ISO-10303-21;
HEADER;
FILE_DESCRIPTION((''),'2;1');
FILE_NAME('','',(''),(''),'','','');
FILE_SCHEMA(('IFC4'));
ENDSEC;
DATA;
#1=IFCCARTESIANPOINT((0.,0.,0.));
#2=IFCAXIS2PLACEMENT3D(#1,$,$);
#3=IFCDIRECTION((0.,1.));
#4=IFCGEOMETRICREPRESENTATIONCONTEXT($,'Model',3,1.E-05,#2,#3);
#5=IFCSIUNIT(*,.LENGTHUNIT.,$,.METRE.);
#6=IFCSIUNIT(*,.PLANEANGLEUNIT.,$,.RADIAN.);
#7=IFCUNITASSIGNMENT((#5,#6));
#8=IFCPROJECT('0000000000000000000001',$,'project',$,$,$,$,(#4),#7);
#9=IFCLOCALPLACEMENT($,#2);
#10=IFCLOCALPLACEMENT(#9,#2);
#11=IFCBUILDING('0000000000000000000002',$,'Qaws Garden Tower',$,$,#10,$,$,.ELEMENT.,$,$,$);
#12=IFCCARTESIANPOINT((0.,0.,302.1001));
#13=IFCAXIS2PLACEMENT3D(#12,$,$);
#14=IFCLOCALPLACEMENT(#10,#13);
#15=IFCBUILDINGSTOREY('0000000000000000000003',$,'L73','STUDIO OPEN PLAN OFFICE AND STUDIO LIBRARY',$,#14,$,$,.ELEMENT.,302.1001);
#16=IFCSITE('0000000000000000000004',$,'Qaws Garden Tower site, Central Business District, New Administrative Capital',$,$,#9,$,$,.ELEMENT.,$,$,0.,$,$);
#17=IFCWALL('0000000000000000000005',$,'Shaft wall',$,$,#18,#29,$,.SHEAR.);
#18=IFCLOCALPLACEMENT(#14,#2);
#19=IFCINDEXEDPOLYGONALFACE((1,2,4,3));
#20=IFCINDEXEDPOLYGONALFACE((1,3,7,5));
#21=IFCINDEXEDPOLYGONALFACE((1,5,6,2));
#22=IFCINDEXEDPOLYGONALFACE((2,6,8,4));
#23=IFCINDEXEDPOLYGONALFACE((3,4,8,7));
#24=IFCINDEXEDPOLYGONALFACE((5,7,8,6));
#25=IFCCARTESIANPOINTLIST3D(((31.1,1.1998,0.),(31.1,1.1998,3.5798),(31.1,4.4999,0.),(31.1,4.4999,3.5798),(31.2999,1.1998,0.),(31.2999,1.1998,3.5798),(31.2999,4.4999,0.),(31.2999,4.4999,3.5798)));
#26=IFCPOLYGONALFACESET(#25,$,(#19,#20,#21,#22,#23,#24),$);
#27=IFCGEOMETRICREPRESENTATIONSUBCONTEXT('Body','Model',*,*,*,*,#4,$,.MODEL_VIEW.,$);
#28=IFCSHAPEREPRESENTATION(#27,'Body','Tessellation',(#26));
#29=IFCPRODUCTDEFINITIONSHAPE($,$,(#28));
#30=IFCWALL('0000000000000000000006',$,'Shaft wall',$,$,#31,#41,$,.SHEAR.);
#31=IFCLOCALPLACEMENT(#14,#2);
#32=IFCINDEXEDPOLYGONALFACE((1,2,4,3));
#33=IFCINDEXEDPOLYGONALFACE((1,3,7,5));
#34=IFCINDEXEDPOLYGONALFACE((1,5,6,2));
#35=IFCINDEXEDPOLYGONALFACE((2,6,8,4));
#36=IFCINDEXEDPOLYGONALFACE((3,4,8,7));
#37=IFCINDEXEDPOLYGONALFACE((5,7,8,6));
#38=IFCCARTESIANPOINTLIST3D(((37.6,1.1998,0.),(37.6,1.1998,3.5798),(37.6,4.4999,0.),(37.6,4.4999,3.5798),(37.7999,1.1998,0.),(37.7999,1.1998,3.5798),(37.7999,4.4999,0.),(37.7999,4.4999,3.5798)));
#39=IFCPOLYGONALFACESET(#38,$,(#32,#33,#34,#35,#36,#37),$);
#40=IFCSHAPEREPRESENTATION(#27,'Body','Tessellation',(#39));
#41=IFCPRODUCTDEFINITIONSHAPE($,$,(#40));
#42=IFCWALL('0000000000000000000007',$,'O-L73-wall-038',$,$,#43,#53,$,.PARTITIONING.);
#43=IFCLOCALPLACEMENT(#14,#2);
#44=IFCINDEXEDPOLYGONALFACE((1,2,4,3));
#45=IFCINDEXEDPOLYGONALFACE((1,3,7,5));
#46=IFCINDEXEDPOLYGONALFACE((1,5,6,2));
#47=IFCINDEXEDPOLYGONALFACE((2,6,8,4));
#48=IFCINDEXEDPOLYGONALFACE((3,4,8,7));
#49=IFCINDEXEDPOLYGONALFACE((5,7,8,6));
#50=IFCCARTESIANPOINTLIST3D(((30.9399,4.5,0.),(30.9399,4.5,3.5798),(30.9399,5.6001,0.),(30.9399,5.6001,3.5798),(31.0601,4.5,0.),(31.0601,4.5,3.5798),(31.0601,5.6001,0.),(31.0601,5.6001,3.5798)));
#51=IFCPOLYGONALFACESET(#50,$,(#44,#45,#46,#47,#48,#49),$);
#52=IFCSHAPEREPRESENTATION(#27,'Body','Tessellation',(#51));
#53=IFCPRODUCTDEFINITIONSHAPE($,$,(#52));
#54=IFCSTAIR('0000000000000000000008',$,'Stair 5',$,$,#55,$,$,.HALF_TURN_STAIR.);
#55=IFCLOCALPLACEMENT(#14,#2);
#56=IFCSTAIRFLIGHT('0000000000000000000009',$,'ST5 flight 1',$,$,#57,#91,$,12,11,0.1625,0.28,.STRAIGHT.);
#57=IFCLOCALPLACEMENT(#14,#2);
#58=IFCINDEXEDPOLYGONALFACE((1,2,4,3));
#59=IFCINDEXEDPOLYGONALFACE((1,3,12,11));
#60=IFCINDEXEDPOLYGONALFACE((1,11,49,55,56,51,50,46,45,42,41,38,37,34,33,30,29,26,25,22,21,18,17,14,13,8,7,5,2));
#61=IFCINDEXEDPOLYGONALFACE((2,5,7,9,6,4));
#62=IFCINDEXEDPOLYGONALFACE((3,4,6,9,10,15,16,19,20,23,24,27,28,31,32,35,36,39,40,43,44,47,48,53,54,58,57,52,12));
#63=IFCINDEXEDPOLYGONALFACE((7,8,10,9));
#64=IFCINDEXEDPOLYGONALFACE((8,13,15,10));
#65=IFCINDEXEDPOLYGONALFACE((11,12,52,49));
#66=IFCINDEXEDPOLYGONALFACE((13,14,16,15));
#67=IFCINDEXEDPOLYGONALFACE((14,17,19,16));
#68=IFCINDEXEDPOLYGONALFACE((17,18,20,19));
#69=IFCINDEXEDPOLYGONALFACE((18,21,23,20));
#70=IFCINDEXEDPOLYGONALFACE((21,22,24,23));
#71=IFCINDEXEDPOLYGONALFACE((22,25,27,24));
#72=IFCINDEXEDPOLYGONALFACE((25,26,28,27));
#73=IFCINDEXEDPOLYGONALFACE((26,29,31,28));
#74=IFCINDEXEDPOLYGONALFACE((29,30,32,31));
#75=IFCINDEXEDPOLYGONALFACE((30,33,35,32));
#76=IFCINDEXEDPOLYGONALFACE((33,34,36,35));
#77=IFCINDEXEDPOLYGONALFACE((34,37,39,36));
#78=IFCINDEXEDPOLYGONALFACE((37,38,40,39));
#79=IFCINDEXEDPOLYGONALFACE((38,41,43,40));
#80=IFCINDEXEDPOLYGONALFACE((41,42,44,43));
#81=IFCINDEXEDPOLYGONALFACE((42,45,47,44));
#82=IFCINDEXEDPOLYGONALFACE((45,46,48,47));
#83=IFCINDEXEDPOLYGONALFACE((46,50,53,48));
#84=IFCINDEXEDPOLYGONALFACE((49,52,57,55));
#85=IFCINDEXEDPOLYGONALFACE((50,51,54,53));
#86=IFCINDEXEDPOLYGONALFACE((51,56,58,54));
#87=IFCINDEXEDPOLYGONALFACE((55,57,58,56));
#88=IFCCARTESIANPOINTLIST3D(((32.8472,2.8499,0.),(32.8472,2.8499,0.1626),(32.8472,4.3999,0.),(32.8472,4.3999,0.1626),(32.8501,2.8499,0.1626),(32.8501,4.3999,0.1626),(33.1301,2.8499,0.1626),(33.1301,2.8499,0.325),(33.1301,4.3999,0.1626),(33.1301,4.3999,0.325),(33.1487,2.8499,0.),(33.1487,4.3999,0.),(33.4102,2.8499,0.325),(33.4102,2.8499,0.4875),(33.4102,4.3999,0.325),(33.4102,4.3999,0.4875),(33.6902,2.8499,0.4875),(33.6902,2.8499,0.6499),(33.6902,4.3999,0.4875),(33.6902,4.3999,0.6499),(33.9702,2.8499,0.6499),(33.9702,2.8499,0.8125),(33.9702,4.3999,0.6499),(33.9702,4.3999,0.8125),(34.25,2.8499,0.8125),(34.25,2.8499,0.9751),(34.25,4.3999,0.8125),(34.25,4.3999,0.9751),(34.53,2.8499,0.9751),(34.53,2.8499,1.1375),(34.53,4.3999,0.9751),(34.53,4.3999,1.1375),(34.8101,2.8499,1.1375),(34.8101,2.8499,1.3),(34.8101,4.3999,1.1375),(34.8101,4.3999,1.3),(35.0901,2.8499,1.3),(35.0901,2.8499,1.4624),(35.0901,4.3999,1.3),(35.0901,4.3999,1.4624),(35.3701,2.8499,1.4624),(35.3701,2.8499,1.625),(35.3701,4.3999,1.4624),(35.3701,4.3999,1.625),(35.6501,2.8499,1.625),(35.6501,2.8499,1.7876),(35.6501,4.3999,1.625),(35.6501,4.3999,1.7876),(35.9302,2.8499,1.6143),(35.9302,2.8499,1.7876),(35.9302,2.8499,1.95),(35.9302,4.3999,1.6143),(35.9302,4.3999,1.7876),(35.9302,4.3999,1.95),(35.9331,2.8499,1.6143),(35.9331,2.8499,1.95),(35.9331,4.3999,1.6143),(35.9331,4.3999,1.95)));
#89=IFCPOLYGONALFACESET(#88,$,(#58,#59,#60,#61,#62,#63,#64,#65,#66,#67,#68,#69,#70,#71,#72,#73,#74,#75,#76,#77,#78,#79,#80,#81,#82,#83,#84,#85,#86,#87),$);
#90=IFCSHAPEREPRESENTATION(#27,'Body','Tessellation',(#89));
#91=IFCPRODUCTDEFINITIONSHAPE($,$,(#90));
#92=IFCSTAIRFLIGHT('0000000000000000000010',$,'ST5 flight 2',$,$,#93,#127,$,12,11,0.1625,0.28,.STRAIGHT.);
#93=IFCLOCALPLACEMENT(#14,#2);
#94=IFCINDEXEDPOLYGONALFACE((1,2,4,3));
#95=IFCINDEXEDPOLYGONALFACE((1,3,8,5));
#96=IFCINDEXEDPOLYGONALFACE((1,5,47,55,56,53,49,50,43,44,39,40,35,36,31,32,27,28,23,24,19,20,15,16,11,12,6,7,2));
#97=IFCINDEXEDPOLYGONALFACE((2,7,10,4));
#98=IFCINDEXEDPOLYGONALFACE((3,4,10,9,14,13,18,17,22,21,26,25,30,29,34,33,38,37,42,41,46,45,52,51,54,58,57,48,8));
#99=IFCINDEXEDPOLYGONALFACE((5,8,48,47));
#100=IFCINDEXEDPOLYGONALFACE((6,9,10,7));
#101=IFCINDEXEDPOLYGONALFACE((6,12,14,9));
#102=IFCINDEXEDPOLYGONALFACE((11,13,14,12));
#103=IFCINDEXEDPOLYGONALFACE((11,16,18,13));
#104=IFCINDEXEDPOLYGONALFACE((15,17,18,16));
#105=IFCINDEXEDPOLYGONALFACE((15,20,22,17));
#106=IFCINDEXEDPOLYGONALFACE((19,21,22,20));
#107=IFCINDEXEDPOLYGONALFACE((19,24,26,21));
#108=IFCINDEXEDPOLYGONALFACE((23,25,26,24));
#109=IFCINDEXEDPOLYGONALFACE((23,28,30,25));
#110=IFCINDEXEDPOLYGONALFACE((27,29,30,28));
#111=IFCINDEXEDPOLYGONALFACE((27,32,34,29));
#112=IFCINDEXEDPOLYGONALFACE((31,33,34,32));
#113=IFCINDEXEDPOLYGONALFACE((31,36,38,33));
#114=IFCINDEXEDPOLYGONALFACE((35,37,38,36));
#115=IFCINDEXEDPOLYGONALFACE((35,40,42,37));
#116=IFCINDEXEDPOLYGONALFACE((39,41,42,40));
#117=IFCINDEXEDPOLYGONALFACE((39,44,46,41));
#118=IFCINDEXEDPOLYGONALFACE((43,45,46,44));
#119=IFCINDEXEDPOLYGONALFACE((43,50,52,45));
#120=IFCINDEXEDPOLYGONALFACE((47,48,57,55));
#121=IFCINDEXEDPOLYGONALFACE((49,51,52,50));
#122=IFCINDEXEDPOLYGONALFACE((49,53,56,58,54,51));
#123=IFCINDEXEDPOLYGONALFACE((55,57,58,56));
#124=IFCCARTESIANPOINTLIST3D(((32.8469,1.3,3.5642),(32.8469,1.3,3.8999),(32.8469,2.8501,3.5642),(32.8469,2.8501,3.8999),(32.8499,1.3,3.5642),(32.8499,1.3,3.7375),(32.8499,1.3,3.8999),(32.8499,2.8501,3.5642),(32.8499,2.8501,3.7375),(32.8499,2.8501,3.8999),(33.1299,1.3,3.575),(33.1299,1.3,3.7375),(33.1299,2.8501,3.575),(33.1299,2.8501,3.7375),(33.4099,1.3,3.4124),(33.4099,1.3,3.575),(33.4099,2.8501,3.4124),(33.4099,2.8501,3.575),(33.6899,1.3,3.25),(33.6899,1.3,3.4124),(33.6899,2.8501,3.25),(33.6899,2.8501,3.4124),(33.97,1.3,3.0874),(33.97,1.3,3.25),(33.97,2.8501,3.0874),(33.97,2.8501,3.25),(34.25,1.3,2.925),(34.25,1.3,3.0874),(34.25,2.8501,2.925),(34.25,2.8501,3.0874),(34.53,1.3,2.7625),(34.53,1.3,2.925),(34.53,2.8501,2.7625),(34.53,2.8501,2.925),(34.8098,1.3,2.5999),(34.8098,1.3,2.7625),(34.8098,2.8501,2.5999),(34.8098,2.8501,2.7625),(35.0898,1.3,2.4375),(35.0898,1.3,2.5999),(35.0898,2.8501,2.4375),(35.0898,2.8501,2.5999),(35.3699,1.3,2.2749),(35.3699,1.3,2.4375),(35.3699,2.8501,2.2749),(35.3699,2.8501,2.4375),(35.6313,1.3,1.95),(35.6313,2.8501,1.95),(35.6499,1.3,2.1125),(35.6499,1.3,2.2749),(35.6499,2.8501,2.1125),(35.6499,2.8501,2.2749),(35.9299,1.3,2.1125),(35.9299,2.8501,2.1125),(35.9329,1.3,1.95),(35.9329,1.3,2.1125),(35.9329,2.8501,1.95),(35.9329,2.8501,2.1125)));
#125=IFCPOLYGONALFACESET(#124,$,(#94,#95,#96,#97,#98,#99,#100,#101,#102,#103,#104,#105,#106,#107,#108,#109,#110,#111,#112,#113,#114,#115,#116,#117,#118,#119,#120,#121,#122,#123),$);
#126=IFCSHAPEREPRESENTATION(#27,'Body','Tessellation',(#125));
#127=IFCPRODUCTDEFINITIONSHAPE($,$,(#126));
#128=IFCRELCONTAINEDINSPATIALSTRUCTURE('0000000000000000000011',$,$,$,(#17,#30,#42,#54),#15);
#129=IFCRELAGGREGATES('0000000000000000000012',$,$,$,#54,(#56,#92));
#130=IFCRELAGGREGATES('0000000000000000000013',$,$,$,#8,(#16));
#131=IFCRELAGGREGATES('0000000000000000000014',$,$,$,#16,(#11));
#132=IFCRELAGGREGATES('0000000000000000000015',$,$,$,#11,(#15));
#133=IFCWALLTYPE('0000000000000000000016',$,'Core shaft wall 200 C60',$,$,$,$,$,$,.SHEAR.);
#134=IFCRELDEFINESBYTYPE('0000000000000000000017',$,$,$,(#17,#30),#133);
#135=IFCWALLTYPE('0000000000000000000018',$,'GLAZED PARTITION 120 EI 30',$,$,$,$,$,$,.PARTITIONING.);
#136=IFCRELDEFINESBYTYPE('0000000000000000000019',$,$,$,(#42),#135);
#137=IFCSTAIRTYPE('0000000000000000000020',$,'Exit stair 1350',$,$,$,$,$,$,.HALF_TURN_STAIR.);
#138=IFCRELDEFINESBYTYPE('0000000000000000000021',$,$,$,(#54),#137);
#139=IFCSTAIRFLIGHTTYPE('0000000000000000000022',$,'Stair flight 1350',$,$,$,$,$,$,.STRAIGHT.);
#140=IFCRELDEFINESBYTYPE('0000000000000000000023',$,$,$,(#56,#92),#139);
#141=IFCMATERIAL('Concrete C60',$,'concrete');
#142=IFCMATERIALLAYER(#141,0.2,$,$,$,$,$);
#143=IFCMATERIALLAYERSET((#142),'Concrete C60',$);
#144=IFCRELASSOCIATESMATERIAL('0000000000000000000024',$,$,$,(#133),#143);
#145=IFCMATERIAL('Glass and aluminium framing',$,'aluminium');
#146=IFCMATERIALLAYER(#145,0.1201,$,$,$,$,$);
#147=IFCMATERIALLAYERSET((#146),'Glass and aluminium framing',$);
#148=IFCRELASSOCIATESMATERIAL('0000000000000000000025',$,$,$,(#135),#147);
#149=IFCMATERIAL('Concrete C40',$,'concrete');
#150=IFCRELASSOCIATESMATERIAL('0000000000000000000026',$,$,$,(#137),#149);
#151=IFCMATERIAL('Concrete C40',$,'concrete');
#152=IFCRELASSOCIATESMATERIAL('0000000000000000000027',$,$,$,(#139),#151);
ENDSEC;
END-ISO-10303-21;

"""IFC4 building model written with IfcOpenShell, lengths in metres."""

from ifc_helpers import new_model, si_unit, direction, frame, frame_2d, origin, place, context, subcontext, project, spatial, polyline, rectangle, outline, extrude, material, layer, layer_set, type_object, element, aggregate, save


model = new_model("IFC4")

# Units and contexts
model_context = context("Model", 3, precision=1e-05, world=origin(), true_north=direction((0.0, 1.0)))
body_context = subcontext(model_context, "Body", "Model", "MODEL_VIEW")
ifc_project = project(units=[si_unit("LENGTHUNIT", "METRE"), si_unit("PLANEANGLEUNIT", "RADIAN")], contexts=[model_context])

# Site, building, storey
site_placement = place(None, origin())
site = spatial("IfcSite", under=ifc_project, at=site_placement, Name="Qaws Garden Tower site, Central Business District, New Administrative Capital", CompositionType="ELEMENT", RefElevation=0.0)
building_placement = place(site_placement, origin())
building = spatial("IfcBuilding", under=site, at=building_placement, Name="Qaws Garden Tower", CompositionType="ELEMENT")
storey_placement = place(building_placement, frame((0.0, 0.0, 302.1001)))
storey = spatial("IfcBuildingStorey", under=building, at=storey_placement, Name="L73", Description="STUDIO OPEN PLAN OFFICE AND STUDIO LIBRARY", CompositionType="ELEMENT", Elevation=302.1001)

# Shared definitions
ifc_material_1 = material(Name="Concrete C60", Category="concrete")
ifc_layer_1 = layer(ifc_material_1, 0.2)
ifc_layer_set_1 = layer_set([ifc_layer_1], Name="Concrete C60")
wall_type_1 = type_object("IfcWallType", Name="Core shaft wall 200 C60", PredefinedType="SHEAR", material=ifc_layer_set_1)

# Walls
for number, where, z_axis, x_axis, name in (
    (1, (31.2, 1.2, 0.0), (0.0, 0.0, 1.0), (0.0, 1.0, 0.0), "Shaft wall"),
    (2, (37.7, 1.2, 0.0), (0.0, 0.0, 1.0), (0.0, 1.0, 0.0), "Shaft wall"),
):
    element("IfcWall", number, at=place(storey_placement, frame(where, z_axis=z_axis, x_axis=x_axis)), inside=storey, type_object=wall_type_1, Name=name, PredefinedType="SHEAR", context=body_context, shape_type="SweptSolid", body=[
        extrude(rectangle(XDim=3.3, YDim=0.2, at=frame_2d((1.6499, 0.0))), origin(), (0.0, 0.0, 1.0), 3.5798),
    ])
ifc_material_2 = material(Name="Glass and aluminium framing", Category="aluminium")
ifc_layer_2 = layer(ifc_material_2, 0.1201)
ifc_layer_set_2 = layer_set([ifc_layer_2], Name="Glass and aluminium framing")
wall_type_2 = type_object("IfcWallType", Name="GLAZED PARTITION 120 EI 30", PredefinedType="PARTITIONING", material=ifc_layer_set_2)
wall_1_placement = place(storey_placement, frame((31.0, 4.5, 0.0), z_axis=(0.0, 0.0, 1.0), x_axis=(0.0, 1.0, 0.0)))
element("IfcWall", 3, at=wall_1_placement, inside=storey, type_object=wall_type_2, Name="O-L73-wall-038", PredefinedType="PARTITIONING", context=body_context, shape_type="SweptSolid", body=[
    extrude(rectangle(XDim=1.1001, YDim=0.1201, at=frame_2d((0.55, 0.0))), origin(), (0.0, 0.0, 1.0), 3.5798),
])

# Stair, stair flights
ifc_material_3 = material(Name="Concrete C40", Category="concrete")
stair_type = type_object("IfcStairType", Name="Exit stair 1350", PredefinedType="HALF_TURN_STAIR", material=ifc_material_3)
stair_placement = place(storey_placement, origin())
stair = element("IfcStair", 4, at=stair_placement, inside=storey, type_object=stair_type, Name="Stair 5", PredefinedType="HALF_TURN_STAIR")
ifc_material_4 = material(Name="Concrete C40", Category="concrete")
stair_flight_type = type_object("IfcStairFlightType", Name="Stair flight 1350", PredefinedType="STRAIGHT", material=ifc_material_4)
stair_flight_1_placement = place(storey_placement, frame((32.8501, 3.625, 0.0), z_axis=(0.0, 0.0, 1.0), x_axis=(1.0, 0.0, 0.0)))
stair_flight_1 = element("IfcStairFlight", 5, at=stair_flight_1_placement, type_object=stair_flight_type, Name="ST5 flight 1", NumberOfRisers=12, NumberOfTreads=11, PredefinedType="STRAIGHT", RiserHeight=0.1625, TreadLength=0.28, context=body_context, shape_type="SweptSolid", body=[
    extrude(outline(polyline([(-0.0029, 0.0), (-0.0029, 0.1626), (0.0, 0.1626), (0.28, 0.1626), (0.28, 0.325), (0.5601, 0.325), (0.5601, 0.4875), (0.8401, 0.4875), (0.8401, 0.6499), (1.1201, 0.6499), (1.1201, 0.8125), (1.3999, 0.8125), (1.3999, 0.9751), (1.6799, 0.9751), (1.6799, 1.1375), (1.96, 1.1375), (1.96, 1.3), (2.24, 1.3), (2.24, 1.4624), (2.52, 1.4624), (2.52, 1.625), (2.8, 1.625), (2.8, 1.7876), (3.0801, 1.7876), (3.0801, 1.95), (3.083, 1.95), (3.083, 1.6143), (3.0801, 1.6143), (0.2986, 0.0), (-0.0029, 0.0)])), frame((0.0, 0.7749, 0.0), z_axis=(0.0, -1.0, 0.0), x_axis=(1.0, 0.0, 0.0)), (0.0, 0.0, 1.0), 1.55),
])
stair_flight_2_placement = place(storey_placement, frame((35.9299, 2.075, 1.95), z_axis=(0.0, 0.0, 1.0), x_axis=(-1.0, 0.0, 0.0)))
stair_flight_2 = element("IfcStairFlight", 6, at=stair_flight_2_placement, type_object=stair_flight_type, Name="ST5 flight 2", NumberOfRisers=12, NumberOfTreads=11, PredefinedType="STRAIGHT", RiserHeight=0.1625, TreadLength=0.28, context=body_context, shape_type="SweptSolid", body=[
    extrude(outline(polyline([(-0.0029, 0.0), (-0.0029, 0.1626), (0.0, 0.1626), (0.28, 0.1626), (0.28, 0.325), (0.5601, 0.325), (0.5601, 0.4875), (0.8401, 0.4875), (0.8401, 0.6499), (1.1201, 0.6499), (1.1201, 0.8125), (1.3999, 0.8125), (1.3999, 0.9751), (1.6799, 0.9751), (1.6799, 1.1375), (1.96, 1.1375), (1.96, 1.3), (2.24, 1.3), (2.24, 1.4624), (2.52, 1.4624), (2.52, 1.625), (2.8, 1.625), (2.8, 1.7876), (3.0801, 1.7876), (3.0801, 1.95), (3.083, 1.95), (3.083, 1.6143), (3.0801, 1.6143), (0.2986, 0.0), (-0.0029, 0.0)])), frame((0.0, 0.7749, 0.0), z_axis=(0.0, -1.0, 0.0), x_axis=(1.0, 0.0, 0.0)), (0.0, 0.0, 1.0), 1.55),
])
aggregate(stair, [stair_flight_1, stair_flight_2])

save(model, "model.ifc")
